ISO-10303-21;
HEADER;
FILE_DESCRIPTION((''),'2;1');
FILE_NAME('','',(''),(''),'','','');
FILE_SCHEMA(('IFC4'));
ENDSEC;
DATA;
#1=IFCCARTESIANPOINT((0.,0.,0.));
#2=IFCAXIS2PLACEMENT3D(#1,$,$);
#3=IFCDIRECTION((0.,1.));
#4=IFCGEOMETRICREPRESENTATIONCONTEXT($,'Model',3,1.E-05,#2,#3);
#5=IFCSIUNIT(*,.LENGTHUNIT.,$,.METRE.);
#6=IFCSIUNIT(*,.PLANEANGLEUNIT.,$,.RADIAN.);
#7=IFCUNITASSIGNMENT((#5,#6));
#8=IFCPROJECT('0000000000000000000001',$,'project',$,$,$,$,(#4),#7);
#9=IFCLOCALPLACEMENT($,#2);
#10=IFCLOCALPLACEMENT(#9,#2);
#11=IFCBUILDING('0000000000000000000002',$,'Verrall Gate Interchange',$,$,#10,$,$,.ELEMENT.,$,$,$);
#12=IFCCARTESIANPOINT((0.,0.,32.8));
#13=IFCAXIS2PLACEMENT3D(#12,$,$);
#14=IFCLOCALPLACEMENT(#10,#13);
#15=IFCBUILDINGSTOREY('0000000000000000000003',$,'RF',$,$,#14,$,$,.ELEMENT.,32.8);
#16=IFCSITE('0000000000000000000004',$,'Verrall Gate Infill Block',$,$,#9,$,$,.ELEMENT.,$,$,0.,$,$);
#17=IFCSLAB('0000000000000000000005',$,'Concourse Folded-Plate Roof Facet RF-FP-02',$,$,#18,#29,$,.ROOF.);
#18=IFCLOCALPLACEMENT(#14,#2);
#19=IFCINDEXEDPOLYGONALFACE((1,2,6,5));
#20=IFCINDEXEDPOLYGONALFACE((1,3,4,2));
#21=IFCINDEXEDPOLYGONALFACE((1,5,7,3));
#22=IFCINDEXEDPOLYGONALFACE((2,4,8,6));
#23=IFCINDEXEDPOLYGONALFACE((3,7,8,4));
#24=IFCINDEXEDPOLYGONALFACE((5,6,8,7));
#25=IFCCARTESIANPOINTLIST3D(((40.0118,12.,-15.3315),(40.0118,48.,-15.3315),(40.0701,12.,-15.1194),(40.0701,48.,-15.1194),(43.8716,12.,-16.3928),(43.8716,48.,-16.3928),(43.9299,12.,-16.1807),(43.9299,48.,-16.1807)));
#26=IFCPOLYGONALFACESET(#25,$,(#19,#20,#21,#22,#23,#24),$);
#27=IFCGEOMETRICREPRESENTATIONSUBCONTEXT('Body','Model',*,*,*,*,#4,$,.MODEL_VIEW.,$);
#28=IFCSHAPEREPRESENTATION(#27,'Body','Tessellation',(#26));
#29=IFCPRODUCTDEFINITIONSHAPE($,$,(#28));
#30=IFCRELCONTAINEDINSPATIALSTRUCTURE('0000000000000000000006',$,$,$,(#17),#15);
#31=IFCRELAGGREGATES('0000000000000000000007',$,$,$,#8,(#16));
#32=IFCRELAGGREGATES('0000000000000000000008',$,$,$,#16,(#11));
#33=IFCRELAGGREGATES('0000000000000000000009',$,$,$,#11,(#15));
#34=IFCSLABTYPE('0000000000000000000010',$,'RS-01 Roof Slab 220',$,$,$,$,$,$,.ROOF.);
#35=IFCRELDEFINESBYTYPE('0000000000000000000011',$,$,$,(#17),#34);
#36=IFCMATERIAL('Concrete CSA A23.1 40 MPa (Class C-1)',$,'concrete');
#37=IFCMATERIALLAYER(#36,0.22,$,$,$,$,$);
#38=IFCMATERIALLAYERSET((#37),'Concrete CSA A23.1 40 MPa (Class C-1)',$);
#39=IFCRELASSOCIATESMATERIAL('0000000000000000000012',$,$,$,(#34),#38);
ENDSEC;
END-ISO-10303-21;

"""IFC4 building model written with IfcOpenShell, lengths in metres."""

from ifc_helpers import new_model, si_unit, direction, frame, origin, place, context, subcontext, project, spatial, polyline, outline, extrude, material, layer, layer_set, type_object, element, save


model = new_model("IFC4")

# Units and contexts
model_context = context("Model", 3, precision=1e-05, world=origin(), true_north=direction((0.0, 1.0)))
body_context = subcontext(model_context, "Body", "Model", "MODEL_VIEW")
ifc_project = project(units=[si_unit("LENGTHUNIT", "METRE"), si_unit("PLANEANGLEUNIT", "RADIAN")], contexts=[model_context])

# Site, building, storey
site_placement = place(None, origin())
site = spatial("IfcSite", under=ifc_project, at=site_placement, Name="Verrall Gate Infill Block", CompositionType="ELEMENT", RefElevation=0.0)
building_placement = place(site_placement, origin())
building = spatial("IfcBuilding", under=site, at=building_placement, Name="Verrall Gate Interchange", CompositionType="ELEMENT")
storey_placement = place(building_placement, frame((0.0, 0.0, 32.8)))
storey = spatial("IfcBuildingStorey", under=building, at=storey_placement, Name="RF", CompositionType="ELEMENT", Elevation=32.8)

# Slab
ifc_material_1 = material(Name="Concrete CSA A23.1 40 MPa (Class C-1)", Category="concrete")
ifc_layer_1 = layer(ifc_material_1, 0.22)
ifc_layer_set_1 = layer_set([ifc_layer_1], Name="Concrete CSA A23.1 40 MPa (Class C-1)")
slab_type = type_object("IfcSlabType", Name="RS-01 Roof Slab 220", PredefinedType="ROOF", material=ifc_layer_set_1)
for number, where, z_axis, x_axis, name in (
    (1, (40.0701, 12.0, -15.1194), (0.265114, 0.0, 0.964217), (0.964217, 0.0, -0.265114), "Concourse Folded-Plate Roof Facet RF-FP-02"),
):
    element("IfcSlab", number, at=place(storey_placement, frame(where, z_axis=z_axis, x_axis=x_axis)), inside=storey, type_object=slab_type, Name=name, PredefinedType="ROOF", context=body_context, shape_type="SweptSolid", body=[
        extrude(outline(polyline([(0.0, 0.0), (4.0031, 0.0), (4.0031, 36.0), (0.0, 36.0), (0.0, 0.0)])), origin(), (0.0, 0.0, -1.0), 0.22),
    ])

save(model, "model.ifc")
